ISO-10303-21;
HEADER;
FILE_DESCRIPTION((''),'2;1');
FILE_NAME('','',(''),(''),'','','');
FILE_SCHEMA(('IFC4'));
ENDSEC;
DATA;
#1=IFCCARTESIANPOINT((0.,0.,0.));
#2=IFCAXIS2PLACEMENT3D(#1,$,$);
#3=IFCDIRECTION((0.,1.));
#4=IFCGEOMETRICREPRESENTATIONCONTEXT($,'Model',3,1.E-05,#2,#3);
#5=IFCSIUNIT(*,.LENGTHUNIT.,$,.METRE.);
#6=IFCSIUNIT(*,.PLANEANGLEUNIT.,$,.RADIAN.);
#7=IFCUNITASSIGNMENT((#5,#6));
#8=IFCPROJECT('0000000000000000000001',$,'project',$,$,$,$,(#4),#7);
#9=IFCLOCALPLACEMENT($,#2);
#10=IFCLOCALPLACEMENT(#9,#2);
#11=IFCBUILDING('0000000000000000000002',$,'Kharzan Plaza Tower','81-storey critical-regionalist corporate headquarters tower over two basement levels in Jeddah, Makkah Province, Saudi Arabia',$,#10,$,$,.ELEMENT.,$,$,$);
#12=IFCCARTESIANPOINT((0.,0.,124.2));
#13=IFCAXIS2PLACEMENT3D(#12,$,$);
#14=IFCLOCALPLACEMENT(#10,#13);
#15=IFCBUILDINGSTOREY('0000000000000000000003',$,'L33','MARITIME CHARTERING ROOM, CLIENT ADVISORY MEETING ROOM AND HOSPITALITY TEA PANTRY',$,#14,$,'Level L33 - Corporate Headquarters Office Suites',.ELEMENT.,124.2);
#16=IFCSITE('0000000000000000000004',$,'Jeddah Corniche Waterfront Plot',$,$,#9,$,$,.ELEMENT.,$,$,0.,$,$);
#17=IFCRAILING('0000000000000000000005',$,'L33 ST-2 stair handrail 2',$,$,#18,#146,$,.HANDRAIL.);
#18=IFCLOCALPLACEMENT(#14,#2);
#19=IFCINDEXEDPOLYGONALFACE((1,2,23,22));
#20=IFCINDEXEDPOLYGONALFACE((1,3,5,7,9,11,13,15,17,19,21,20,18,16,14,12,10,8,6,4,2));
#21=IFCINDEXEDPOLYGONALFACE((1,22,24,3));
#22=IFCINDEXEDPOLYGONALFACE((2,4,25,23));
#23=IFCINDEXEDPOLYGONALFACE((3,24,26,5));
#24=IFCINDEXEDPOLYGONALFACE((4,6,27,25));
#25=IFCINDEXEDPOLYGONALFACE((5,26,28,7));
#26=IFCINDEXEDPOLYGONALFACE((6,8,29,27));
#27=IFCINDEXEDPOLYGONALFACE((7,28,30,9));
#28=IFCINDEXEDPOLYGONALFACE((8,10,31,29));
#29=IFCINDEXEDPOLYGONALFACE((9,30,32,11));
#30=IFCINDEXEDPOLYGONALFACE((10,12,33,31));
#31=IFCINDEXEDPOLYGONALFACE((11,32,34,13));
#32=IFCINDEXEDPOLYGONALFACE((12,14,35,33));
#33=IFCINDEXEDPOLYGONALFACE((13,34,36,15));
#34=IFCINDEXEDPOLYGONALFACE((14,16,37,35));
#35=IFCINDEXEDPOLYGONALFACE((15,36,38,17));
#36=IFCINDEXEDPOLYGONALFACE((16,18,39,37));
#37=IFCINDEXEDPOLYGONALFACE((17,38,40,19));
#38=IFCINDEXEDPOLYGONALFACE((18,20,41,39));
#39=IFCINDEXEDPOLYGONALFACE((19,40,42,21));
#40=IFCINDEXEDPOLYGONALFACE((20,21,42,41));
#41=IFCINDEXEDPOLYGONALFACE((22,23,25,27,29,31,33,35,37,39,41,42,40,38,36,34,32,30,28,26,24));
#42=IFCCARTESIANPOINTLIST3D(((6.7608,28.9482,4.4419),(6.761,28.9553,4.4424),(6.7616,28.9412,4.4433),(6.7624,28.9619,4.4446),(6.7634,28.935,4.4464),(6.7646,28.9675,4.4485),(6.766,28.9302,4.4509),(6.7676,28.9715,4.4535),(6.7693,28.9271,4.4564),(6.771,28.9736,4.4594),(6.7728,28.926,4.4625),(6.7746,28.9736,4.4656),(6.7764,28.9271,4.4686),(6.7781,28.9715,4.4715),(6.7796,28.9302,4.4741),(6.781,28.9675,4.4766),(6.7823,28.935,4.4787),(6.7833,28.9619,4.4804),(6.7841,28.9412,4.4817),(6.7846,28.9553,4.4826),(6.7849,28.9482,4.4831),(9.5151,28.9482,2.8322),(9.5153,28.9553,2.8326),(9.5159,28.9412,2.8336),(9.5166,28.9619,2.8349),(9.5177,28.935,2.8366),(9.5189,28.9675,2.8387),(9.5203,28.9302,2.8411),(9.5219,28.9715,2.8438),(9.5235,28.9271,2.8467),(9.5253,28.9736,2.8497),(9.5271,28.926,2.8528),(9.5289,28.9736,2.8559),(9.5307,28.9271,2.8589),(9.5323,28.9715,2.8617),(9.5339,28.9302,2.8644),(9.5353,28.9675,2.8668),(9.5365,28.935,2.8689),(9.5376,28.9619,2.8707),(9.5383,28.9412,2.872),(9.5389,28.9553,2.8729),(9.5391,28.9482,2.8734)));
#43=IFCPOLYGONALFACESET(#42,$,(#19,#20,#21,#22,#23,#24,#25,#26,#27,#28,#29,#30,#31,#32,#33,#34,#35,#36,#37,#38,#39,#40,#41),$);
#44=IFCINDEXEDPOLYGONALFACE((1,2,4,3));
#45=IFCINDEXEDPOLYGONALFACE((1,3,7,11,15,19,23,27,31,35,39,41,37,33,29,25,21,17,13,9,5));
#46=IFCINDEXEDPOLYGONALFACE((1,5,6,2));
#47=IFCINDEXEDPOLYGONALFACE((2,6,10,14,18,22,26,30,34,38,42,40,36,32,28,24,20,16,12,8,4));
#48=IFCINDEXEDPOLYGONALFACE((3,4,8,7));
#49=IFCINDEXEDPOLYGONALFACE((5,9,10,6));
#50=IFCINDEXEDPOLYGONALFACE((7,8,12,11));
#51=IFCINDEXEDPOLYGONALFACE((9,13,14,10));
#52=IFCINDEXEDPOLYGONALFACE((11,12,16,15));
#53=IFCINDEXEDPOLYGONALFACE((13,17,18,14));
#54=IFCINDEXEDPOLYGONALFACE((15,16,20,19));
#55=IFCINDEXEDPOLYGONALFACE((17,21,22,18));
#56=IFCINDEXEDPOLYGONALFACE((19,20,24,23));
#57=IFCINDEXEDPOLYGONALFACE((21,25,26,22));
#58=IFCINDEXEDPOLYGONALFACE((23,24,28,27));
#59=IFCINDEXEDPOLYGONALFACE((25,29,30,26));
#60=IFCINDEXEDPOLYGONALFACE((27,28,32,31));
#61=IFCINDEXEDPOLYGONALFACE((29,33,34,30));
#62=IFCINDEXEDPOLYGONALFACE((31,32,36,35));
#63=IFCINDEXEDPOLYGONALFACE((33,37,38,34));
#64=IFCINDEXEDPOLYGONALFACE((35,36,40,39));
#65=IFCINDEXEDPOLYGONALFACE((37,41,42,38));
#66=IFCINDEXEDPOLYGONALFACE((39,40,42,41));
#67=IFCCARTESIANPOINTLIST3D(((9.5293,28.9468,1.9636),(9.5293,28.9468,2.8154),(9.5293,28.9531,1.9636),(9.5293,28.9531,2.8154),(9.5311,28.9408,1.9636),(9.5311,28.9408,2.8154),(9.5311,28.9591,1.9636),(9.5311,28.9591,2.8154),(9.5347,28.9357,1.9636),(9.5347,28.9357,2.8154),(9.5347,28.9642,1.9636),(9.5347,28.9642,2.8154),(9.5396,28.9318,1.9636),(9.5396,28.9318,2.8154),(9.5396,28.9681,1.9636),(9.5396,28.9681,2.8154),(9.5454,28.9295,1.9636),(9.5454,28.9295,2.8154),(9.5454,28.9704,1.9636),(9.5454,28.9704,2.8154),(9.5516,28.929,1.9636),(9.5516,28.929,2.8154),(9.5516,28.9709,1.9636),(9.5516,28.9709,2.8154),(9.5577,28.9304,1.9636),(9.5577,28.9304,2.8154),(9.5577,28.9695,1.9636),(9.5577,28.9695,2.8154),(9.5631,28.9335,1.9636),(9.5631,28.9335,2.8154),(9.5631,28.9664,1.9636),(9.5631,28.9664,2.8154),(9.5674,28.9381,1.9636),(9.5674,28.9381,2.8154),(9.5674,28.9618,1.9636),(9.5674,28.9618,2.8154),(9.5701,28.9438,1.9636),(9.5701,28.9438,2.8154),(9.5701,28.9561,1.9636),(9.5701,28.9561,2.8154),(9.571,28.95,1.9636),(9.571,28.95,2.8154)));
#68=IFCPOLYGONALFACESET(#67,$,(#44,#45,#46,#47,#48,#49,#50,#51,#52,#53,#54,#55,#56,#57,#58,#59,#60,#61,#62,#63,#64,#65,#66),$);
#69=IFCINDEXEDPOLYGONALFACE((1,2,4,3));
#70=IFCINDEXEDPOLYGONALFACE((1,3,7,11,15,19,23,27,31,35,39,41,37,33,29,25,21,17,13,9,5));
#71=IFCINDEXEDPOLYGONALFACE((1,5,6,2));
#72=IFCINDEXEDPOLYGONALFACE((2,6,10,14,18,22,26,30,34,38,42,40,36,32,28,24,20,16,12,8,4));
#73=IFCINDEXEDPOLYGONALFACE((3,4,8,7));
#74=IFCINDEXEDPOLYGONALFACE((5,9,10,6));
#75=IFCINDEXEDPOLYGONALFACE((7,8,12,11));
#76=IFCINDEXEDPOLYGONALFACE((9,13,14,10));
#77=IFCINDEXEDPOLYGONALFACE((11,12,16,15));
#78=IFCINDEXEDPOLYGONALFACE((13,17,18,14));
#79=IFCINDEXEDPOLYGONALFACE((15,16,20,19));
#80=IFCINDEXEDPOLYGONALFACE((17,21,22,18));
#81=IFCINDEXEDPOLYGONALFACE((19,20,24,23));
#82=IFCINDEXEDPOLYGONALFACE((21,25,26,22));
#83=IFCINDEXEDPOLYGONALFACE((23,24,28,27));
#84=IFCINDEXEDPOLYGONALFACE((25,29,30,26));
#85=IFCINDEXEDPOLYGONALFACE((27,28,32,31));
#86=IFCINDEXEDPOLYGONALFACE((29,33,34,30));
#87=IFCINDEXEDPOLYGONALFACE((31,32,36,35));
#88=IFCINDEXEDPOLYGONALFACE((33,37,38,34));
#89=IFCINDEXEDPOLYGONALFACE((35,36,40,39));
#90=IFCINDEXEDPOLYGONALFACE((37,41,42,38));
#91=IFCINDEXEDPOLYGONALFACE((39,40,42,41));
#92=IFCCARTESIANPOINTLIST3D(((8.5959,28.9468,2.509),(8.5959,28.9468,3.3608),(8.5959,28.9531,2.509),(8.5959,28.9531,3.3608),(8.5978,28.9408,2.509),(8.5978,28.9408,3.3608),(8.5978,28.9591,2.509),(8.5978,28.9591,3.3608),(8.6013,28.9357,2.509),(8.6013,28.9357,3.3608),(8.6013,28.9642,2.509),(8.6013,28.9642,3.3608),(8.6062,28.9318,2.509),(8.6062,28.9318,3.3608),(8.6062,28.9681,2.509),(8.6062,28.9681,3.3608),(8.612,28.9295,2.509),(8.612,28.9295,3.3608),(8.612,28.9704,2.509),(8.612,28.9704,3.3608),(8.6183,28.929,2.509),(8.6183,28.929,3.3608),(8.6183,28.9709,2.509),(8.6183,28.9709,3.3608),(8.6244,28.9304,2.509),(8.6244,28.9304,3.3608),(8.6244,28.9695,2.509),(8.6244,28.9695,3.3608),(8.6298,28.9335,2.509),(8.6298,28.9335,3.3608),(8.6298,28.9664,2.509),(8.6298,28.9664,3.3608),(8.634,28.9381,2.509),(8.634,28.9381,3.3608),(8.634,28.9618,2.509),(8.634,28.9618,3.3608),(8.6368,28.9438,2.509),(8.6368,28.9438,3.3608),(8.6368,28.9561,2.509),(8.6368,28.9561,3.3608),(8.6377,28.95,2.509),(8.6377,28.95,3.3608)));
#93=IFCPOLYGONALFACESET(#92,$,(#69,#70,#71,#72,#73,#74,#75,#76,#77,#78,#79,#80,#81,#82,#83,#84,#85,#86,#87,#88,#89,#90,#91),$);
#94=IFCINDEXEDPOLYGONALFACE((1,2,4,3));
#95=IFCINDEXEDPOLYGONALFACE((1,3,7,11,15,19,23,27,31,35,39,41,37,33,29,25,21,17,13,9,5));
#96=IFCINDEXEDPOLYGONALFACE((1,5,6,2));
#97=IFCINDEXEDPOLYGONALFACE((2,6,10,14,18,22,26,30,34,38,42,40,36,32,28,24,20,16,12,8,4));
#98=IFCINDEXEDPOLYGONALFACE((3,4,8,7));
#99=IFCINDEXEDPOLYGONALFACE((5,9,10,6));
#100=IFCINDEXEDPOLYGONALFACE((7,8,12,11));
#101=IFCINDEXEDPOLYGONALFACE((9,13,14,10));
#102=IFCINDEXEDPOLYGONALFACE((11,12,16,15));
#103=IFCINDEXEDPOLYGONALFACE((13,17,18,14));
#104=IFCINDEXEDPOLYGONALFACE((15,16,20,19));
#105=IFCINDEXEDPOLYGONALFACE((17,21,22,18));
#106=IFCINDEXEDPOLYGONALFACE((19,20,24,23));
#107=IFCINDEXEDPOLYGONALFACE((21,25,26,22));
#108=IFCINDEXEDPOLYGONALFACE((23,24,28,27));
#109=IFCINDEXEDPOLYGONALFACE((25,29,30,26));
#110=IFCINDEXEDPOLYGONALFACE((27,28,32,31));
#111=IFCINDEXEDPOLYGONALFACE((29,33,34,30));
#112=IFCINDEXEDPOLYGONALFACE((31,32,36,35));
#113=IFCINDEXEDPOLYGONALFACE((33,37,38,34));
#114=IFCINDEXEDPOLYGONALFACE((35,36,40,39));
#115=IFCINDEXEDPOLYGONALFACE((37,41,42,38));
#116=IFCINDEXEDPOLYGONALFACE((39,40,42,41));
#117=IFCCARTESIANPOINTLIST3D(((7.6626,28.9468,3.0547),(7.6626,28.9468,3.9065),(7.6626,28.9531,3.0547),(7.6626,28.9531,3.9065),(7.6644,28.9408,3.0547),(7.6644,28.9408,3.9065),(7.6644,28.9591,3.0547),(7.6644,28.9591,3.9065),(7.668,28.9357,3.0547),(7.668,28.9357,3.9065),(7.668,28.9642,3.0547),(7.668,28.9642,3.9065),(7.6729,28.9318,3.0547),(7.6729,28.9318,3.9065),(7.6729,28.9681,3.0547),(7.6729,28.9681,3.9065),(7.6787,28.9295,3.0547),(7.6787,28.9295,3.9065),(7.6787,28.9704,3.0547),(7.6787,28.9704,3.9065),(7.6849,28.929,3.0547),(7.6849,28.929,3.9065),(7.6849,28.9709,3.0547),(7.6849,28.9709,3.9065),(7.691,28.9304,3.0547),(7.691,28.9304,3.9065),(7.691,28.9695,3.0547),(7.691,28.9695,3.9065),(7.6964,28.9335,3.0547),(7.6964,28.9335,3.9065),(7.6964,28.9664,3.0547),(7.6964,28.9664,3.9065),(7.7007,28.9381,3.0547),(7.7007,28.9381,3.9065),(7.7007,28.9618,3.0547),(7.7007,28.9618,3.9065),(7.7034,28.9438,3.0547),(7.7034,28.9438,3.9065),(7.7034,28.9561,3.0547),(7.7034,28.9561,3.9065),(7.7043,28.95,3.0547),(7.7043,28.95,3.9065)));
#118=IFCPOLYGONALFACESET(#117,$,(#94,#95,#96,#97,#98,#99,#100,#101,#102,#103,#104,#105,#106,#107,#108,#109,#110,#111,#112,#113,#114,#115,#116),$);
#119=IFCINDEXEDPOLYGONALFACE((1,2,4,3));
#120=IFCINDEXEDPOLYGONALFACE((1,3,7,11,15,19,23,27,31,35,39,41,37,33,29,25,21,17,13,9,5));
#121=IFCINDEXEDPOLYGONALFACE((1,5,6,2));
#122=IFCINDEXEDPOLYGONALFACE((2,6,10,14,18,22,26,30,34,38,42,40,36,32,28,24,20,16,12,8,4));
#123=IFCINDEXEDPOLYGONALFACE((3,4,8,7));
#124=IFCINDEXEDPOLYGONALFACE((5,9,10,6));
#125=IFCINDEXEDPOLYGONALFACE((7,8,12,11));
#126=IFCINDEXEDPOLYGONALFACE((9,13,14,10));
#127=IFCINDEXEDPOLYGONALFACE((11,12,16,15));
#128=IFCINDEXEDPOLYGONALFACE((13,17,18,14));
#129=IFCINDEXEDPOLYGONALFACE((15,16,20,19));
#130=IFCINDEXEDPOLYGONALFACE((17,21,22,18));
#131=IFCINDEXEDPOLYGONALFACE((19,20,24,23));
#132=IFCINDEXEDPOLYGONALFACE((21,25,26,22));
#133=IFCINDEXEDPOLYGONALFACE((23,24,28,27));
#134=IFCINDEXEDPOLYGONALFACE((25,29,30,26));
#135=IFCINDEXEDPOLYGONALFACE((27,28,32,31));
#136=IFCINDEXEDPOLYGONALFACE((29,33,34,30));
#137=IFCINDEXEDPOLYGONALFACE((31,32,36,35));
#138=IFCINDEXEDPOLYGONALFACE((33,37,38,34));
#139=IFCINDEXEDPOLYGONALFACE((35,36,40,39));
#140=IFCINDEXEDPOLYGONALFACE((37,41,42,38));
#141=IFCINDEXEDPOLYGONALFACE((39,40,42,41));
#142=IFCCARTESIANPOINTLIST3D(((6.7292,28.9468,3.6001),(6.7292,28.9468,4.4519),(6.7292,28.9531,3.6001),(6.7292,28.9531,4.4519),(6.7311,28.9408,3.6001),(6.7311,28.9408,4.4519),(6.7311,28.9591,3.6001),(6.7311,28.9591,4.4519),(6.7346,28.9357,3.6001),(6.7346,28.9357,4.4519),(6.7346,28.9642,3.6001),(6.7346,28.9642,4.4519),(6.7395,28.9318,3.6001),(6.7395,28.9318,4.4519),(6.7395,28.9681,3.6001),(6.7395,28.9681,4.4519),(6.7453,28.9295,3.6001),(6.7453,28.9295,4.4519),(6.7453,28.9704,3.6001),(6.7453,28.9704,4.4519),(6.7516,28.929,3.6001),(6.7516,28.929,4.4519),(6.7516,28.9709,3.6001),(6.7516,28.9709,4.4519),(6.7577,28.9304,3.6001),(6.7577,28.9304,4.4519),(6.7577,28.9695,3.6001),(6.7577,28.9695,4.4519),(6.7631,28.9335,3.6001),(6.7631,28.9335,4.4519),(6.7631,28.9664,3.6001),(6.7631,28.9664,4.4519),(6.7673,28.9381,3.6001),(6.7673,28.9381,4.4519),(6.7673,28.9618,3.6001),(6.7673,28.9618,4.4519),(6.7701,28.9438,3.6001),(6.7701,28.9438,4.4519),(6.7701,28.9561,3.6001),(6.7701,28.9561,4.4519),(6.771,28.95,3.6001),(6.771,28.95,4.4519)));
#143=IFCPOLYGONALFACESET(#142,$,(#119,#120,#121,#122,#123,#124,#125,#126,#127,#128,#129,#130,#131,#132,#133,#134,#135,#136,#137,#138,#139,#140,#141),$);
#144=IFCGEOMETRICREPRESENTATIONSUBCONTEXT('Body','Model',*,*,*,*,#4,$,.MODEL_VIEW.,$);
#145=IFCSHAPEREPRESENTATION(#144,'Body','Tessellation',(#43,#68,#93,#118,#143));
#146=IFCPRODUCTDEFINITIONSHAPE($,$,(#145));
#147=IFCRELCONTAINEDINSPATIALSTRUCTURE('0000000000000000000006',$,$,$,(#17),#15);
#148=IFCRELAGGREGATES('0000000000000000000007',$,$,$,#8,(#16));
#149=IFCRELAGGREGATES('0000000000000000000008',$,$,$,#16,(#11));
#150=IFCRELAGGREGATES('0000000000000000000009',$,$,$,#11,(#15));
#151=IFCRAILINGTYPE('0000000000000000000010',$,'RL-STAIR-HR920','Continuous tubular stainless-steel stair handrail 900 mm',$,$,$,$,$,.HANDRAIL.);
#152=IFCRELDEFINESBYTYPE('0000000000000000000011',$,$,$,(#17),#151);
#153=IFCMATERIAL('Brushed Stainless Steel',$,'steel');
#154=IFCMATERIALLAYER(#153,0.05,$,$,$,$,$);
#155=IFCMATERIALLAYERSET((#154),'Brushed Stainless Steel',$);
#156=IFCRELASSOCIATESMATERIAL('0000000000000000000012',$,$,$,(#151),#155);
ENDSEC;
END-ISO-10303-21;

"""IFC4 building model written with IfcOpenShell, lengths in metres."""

from ifc_helpers import new_model, si_unit, direction, frame, origin, origin_2d, place, context, subcontext, project, spatial, circle, extrude, source, transform, mapped, material, layer, layer_set, type_object, element, save


model = new_model("IFC4")

# Units and contexts
model_context = context("Model", 3, precision=1e-05, world=origin(), true_north=direction((0.0, 1.0)))
body_context = subcontext(model_context, "Body", "Model", "MODEL_VIEW")
ifc_project = project(units=[si_unit("LENGTHUNIT", "METRE"), si_unit("PLANEANGLEUNIT", "RADIAN")], contexts=[model_context])

# Site, building, storey
site_placement = place(None, origin())
site = spatial("IfcSite", under=ifc_project, at=site_placement, Name="Jeddah Corniche Waterfront Plot", CompositionType="ELEMENT", RefElevation=0.0)
building_placement = place(site_placement, origin())
building = spatial("IfcBuilding", under=site, at=building_placement, Name="Kharzan Plaza Tower", Description="81-storey critical-regionalist corporate headquarters tower over two basement levels in Jeddah, Makkah Province, Saudi Arabia", CompositionType="ELEMENT")
storey_placement = place(building_placement, frame((0.0, 0.0, 124.2)))
storey = spatial("IfcBuildingStorey", under=building, at=storey_placement, Name="L33", Description="MARITIME CHARTERING ROOM, CLIENT ADVISORY MEETING ROOM AND HOSPITALITY TEA PANTRY", LongName="Level L33 - Corporate Headquarters Office Suites", CompositionType="ELEMENT", Elevation=124.2)

# Shared definitions
ifc_material_1 = material(Name="Brushed Stainless Steel", Category="steel")

# Railing
ifc_layer_1 = layer(ifc_material_1, 0.05)
ifc_layer_set_1 = layer_set([ifc_layer_1], Name="Brushed Stainless Steel")
railing_type_1 = type_object("IfcRailingType", Name="RL-STAIR-HR920", Description="Continuous tubular stainless-steel stair handrail 900 mm", PredefinedType="HANDRAIL", material=ifc_layer_set_1)
shared_shape_1 = source(origin(), body_context, "Body", "SweptSolid", [
    extrude(circle(Radius=0.0239, at=origin_2d()), frame((-0.0229, 0.0, 0.8892), z_axis=(-0.863361, 0.0, 0.504587), x_axis=(0.0, -1.0, 0.0)), (0.0, 0.0, 1.0), 3.1902),
    extrude(circle(Radius=0.021, at=origin_2d()), origin(), (0.0, 0.0, 1.0), 0.8518),
    extrude(circle(Radius=0.021, at=origin_2d()), frame((-0.9333, 0.0, 0.5454)), (0.0, 0.0, 1.0), 0.8518),
    extrude(circle(Radius=0.021, at=origin_2d()), frame((-1.8667, 0.0, 1.0911)), (0.0, 0.0, 1.0), 0.8518),
    extrude(circle(Radius=0.021, at=origin_2d()), frame((-2.8, 0.0, 1.6365)), (0.0, 0.0, 1.0), 0.8518),
])
railing_1_placement = place(storey_placement, frame((9.55, 28.95, 1.9636)))
element("IfcRailing", 1, at=railing_1_placement, inside=storey, type_object=railing_type_1, Name="L33 ST-2 stair handrail 2", PredefinedType="HANDRAIL", context=body_context, shape_type="MappedRepresentation", body=[
    mapped(shared_shape_1, transform((0.0, 0.0, 0.0), x_axis=(1.0, 0.0, 0.0), y_axis=(0.0, 1.0, 0.0), z_axis=(0.0, 0.0, 1.0))),
])

save(model, "model.ifc")
